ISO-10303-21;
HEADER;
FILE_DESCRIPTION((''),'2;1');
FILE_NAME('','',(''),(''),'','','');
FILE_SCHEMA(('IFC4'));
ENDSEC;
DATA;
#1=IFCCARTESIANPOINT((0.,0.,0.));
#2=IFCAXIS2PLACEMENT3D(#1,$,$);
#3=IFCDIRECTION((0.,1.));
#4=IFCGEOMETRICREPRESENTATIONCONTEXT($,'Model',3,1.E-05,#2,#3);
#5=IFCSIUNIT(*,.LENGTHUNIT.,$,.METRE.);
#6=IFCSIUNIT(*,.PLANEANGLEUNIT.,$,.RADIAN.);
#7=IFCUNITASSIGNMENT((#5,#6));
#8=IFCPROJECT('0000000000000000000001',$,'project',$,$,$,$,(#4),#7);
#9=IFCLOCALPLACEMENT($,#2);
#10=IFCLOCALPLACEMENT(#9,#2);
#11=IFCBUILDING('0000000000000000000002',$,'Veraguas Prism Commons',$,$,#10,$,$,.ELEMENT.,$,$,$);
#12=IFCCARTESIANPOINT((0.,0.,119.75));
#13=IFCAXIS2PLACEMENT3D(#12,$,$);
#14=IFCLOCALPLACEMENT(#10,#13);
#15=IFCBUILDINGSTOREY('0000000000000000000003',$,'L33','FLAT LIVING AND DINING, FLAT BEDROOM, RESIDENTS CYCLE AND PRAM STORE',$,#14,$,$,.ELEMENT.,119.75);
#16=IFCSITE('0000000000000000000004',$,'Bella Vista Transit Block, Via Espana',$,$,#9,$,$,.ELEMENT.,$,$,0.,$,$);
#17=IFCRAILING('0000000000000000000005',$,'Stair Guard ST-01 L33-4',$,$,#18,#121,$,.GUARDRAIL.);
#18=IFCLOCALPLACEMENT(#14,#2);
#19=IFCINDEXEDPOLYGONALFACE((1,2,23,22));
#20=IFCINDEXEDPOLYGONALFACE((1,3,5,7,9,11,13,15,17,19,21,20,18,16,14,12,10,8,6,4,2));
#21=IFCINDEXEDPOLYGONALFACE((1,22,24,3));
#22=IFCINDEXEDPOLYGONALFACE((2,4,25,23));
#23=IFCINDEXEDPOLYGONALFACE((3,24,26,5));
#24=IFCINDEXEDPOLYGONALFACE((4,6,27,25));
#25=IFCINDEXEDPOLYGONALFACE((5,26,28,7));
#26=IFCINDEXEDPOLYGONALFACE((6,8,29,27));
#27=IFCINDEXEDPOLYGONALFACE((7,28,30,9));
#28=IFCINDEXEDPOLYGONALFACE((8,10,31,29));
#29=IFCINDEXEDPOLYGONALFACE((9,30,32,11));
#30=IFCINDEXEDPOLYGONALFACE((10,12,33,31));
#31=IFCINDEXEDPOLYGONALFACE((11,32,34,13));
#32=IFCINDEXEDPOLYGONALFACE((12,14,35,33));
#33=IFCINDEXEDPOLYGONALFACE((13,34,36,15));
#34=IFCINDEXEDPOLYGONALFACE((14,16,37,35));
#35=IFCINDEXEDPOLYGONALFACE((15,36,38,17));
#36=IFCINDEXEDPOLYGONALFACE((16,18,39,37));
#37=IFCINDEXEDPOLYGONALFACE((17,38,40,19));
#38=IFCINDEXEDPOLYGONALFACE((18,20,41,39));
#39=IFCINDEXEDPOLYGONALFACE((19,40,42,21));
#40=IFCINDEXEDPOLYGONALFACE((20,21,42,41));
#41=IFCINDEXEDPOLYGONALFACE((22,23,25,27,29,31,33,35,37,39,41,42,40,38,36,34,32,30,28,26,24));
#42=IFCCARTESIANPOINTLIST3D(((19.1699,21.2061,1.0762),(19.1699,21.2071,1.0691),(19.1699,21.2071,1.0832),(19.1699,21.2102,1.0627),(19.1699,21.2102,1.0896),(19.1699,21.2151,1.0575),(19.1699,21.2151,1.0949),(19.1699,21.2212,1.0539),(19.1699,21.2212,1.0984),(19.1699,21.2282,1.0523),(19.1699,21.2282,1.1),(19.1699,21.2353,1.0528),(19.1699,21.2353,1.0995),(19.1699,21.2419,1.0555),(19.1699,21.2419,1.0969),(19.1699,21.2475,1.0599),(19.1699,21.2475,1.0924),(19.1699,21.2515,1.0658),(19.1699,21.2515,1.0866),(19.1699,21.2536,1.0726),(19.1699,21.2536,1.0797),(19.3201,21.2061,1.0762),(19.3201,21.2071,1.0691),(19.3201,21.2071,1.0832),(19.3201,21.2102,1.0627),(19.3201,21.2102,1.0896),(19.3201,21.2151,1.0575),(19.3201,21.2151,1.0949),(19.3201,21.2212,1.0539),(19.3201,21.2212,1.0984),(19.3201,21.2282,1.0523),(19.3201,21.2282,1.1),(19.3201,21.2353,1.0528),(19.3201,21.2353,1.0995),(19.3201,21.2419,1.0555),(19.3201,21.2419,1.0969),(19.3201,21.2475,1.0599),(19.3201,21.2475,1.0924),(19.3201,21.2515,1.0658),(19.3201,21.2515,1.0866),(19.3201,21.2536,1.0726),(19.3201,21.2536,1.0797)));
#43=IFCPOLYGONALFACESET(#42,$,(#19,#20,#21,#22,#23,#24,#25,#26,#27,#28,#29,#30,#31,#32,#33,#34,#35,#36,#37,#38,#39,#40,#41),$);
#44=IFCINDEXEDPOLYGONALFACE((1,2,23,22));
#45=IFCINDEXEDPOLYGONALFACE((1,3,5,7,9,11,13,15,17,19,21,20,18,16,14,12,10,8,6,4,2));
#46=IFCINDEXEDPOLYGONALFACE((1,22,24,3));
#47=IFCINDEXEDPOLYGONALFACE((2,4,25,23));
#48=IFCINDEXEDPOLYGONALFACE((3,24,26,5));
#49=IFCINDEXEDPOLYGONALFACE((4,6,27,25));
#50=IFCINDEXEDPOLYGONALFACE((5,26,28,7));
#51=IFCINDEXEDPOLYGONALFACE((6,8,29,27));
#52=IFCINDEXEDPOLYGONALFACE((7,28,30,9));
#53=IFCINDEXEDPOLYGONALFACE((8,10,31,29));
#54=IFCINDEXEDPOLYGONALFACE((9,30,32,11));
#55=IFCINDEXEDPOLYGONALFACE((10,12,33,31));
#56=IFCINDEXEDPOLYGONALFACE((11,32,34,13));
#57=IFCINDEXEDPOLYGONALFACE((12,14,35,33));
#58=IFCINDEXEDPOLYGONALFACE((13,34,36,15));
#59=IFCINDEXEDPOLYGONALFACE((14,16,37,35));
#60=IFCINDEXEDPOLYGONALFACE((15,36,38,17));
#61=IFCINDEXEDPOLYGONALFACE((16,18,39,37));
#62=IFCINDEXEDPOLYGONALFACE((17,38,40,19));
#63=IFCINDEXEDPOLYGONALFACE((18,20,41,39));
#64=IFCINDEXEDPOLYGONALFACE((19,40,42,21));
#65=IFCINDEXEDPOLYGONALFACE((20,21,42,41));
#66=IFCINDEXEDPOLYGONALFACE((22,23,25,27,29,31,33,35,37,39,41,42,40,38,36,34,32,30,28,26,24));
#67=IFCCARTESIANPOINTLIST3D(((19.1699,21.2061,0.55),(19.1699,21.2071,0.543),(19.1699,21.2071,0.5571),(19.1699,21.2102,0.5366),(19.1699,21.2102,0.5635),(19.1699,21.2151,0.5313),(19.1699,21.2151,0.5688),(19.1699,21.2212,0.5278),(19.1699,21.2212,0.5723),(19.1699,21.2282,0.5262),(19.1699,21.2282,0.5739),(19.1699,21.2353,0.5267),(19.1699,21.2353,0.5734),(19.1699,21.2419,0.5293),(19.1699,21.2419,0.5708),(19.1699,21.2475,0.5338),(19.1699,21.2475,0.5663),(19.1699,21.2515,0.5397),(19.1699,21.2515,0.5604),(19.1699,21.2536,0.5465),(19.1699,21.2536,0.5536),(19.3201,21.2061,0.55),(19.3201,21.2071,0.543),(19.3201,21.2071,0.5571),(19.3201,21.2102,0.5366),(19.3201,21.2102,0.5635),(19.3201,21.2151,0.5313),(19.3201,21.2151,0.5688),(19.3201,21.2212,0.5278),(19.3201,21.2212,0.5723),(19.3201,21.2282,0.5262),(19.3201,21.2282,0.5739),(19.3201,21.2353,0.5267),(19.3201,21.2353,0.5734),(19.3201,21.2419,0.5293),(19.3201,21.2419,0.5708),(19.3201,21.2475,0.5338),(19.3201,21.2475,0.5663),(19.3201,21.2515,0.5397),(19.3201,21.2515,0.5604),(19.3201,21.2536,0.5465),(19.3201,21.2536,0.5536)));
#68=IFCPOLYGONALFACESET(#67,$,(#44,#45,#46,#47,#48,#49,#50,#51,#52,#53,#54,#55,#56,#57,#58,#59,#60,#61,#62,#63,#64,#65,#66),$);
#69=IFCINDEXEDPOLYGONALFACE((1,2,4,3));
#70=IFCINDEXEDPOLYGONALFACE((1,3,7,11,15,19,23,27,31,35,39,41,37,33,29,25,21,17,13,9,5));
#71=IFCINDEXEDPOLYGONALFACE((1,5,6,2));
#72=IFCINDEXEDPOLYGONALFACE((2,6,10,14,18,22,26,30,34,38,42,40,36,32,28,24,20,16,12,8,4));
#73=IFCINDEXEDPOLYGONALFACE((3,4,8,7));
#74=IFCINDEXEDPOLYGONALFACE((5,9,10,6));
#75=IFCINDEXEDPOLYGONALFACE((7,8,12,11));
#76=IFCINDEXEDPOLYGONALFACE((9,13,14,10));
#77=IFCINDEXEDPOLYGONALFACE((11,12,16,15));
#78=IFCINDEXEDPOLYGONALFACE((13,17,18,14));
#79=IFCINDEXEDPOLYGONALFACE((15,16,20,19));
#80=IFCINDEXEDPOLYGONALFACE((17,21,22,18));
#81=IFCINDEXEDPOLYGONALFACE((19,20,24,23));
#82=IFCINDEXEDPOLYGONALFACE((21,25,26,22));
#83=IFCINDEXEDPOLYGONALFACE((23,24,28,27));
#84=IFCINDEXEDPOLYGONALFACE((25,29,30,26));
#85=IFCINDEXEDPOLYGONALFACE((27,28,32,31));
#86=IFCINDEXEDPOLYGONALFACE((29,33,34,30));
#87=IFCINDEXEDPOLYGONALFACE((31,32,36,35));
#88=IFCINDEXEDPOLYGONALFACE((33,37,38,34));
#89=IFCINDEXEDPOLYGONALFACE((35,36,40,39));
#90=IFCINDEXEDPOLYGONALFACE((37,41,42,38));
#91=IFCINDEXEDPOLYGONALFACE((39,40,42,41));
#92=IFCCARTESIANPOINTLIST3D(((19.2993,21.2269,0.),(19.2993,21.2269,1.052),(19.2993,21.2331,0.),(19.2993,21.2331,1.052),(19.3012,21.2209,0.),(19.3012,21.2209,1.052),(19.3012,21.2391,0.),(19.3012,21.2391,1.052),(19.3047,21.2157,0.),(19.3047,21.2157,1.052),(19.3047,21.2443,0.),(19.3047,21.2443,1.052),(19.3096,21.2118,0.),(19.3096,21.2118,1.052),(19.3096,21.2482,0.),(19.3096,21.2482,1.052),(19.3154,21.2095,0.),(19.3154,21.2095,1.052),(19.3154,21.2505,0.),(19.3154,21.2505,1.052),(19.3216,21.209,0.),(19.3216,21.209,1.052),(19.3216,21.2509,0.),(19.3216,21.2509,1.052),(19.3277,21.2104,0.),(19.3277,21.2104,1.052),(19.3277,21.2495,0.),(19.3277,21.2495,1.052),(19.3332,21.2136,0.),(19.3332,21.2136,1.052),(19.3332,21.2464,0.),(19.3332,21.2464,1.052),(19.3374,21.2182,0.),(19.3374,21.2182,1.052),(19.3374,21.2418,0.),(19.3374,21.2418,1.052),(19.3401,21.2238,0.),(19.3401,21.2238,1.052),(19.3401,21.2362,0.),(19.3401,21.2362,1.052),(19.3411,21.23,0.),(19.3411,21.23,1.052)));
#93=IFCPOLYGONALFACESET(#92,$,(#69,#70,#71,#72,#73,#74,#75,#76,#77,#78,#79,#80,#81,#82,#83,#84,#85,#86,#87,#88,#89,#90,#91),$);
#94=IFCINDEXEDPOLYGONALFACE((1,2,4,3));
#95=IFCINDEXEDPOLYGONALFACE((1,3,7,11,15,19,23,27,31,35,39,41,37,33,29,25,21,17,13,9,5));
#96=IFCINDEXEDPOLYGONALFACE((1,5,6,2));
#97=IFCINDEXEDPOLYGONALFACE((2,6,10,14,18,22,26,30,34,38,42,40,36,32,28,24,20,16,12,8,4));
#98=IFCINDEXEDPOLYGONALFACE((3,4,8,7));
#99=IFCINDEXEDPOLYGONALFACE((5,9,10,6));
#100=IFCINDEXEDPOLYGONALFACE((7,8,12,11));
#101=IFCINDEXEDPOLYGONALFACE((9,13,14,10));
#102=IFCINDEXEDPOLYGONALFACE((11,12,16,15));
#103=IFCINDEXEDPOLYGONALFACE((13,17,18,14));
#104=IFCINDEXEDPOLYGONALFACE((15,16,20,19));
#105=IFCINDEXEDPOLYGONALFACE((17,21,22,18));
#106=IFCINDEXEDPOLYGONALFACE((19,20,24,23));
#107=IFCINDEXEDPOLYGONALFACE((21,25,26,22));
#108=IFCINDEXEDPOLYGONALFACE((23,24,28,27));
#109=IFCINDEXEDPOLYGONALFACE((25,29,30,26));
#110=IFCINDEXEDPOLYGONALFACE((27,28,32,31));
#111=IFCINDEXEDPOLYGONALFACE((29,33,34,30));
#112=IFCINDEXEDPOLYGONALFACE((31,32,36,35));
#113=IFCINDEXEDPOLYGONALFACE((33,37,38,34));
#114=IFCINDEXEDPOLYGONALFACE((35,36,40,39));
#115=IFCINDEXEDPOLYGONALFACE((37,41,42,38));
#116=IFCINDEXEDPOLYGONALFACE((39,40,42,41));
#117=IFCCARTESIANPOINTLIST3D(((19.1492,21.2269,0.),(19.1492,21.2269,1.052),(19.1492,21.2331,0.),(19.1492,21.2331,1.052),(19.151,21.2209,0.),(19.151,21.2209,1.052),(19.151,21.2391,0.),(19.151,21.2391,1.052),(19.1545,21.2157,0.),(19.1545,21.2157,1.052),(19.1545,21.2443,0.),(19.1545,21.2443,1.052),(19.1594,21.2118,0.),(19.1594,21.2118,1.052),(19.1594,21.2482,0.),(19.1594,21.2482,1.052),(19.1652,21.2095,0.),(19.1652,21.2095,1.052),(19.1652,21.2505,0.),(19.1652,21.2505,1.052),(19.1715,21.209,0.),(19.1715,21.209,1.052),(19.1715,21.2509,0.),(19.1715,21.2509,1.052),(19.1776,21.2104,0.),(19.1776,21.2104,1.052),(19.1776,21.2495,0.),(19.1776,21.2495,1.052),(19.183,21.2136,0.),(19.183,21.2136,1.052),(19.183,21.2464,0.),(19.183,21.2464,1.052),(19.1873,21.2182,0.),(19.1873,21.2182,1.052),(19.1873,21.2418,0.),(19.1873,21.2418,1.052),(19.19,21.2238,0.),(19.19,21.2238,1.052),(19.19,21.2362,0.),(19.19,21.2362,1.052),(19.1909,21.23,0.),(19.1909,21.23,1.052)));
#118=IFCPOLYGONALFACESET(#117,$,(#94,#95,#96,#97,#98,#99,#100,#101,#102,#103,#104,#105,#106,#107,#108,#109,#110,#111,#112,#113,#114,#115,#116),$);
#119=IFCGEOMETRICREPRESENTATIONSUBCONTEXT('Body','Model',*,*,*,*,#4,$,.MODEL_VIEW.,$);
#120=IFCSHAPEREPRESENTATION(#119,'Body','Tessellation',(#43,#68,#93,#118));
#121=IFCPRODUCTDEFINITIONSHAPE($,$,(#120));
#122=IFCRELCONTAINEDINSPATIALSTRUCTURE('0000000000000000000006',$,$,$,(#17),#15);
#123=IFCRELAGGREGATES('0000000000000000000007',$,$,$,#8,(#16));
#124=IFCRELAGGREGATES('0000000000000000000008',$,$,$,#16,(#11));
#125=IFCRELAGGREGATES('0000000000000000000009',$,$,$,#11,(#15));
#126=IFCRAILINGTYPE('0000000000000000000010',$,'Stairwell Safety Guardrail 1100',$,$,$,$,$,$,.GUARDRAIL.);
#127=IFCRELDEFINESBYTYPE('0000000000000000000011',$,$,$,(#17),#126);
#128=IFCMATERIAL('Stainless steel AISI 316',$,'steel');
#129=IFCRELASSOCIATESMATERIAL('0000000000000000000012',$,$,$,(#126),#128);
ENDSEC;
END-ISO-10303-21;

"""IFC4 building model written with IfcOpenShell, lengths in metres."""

from ifc_helpers import new_model, si_unit, direction, frame, origin, origin_2d, place, context, subcontext, project, spatial, circle, extrude, material, type_object, element, save


model = new_model("IFC4")

# Units and contexts
model_context = context("Model", 3, precision=1e-05, world=origin(), true_north=direction((0.0, 1.0)))
body_context = subcontext(model_context, "Body", "Model", "MODEL_VIEW")
ifc_project = project(units=[si_unit("LENGTHUNIT", "METRE"), si_unit("PLANEANGLEUNIT", "RADIAN")], contexts=[model_context])

# Site, building, storey
site_placement = place(None, origin())
site = spatial("IfcSite", under=ifc_project, at=site_placement, Name="Bella Vista Transit Block, Via Espana", CompositionType="ELEMENT", RefElevation=0.0)
building_placement = place(site_placement, origin())
building = spatial("IfcBuilding", under=site, at=building_placement, Name="Veraguas Prism Commons", CompositionType="ELEMENT")
storey_placement = place(building_placement, frame((0.0, 0.0, 119.75)))
storey = spatial("IfcBuildingStorey", under=building, at=storey_placement, Name="L33", Description="FLAT LIVING AND DINING, FLAT BEDROOM, RESIDENTS CYCLE AND PRAM STORE", CompositionType="ELEMENT", Elevation=119.75)

# Railing
ifc_material_1 = material(Name="Stainless steel AISI 316", Category="steel")
railing_type_1 = type_object("IfcRailingType", Name="Stairwell Safety Guardrail 1100", PredefinedType="GUARDRAIL", material=ifc_material_1)
railing_1_placement = place(storey_placement, frame((19.3201, 21.23, 0.0)))
element("IfcRailing", 1, at=railing_1_placement, inside=storey, type_object=railing_type_1, Name="Stair Guard ST-01 L33-4", PredefinedType="GUARDRAIL", context=body_context, shape_type="SweptSolid", body=[
    extrude(circle(Radius=0.0239, at=origin_2d()), frame((0.0, 0.0, 1.0762), z_axis=(-1.0, 0.0, 0.0), x_axis=(0.0, -1.0, 0.0)), (0.0, 0.0, 1.0), 0.1501),
    extrude(circle(Radius=0.0239, at=origin_2d()), frame((0.0, 0.0, 0.55), z_axis=(-1.0, 0.0, 0.0), x_axis=(0.0, -1.0, 0.0)), (0.0, 0.0, 1.0), 0.1501),
    extrude(circle(Radius=0.021, at=origin_2d()), origin(), (0.0, 0.0, 1.0), 1.052),
    extrude(circle(Radius=0.021, at=origin_2d()), frame((-0.1501, 0.0, 0.0)), (0.0, 0.0, 1.0), 1.052),
])

save(model, "model.ifc")
